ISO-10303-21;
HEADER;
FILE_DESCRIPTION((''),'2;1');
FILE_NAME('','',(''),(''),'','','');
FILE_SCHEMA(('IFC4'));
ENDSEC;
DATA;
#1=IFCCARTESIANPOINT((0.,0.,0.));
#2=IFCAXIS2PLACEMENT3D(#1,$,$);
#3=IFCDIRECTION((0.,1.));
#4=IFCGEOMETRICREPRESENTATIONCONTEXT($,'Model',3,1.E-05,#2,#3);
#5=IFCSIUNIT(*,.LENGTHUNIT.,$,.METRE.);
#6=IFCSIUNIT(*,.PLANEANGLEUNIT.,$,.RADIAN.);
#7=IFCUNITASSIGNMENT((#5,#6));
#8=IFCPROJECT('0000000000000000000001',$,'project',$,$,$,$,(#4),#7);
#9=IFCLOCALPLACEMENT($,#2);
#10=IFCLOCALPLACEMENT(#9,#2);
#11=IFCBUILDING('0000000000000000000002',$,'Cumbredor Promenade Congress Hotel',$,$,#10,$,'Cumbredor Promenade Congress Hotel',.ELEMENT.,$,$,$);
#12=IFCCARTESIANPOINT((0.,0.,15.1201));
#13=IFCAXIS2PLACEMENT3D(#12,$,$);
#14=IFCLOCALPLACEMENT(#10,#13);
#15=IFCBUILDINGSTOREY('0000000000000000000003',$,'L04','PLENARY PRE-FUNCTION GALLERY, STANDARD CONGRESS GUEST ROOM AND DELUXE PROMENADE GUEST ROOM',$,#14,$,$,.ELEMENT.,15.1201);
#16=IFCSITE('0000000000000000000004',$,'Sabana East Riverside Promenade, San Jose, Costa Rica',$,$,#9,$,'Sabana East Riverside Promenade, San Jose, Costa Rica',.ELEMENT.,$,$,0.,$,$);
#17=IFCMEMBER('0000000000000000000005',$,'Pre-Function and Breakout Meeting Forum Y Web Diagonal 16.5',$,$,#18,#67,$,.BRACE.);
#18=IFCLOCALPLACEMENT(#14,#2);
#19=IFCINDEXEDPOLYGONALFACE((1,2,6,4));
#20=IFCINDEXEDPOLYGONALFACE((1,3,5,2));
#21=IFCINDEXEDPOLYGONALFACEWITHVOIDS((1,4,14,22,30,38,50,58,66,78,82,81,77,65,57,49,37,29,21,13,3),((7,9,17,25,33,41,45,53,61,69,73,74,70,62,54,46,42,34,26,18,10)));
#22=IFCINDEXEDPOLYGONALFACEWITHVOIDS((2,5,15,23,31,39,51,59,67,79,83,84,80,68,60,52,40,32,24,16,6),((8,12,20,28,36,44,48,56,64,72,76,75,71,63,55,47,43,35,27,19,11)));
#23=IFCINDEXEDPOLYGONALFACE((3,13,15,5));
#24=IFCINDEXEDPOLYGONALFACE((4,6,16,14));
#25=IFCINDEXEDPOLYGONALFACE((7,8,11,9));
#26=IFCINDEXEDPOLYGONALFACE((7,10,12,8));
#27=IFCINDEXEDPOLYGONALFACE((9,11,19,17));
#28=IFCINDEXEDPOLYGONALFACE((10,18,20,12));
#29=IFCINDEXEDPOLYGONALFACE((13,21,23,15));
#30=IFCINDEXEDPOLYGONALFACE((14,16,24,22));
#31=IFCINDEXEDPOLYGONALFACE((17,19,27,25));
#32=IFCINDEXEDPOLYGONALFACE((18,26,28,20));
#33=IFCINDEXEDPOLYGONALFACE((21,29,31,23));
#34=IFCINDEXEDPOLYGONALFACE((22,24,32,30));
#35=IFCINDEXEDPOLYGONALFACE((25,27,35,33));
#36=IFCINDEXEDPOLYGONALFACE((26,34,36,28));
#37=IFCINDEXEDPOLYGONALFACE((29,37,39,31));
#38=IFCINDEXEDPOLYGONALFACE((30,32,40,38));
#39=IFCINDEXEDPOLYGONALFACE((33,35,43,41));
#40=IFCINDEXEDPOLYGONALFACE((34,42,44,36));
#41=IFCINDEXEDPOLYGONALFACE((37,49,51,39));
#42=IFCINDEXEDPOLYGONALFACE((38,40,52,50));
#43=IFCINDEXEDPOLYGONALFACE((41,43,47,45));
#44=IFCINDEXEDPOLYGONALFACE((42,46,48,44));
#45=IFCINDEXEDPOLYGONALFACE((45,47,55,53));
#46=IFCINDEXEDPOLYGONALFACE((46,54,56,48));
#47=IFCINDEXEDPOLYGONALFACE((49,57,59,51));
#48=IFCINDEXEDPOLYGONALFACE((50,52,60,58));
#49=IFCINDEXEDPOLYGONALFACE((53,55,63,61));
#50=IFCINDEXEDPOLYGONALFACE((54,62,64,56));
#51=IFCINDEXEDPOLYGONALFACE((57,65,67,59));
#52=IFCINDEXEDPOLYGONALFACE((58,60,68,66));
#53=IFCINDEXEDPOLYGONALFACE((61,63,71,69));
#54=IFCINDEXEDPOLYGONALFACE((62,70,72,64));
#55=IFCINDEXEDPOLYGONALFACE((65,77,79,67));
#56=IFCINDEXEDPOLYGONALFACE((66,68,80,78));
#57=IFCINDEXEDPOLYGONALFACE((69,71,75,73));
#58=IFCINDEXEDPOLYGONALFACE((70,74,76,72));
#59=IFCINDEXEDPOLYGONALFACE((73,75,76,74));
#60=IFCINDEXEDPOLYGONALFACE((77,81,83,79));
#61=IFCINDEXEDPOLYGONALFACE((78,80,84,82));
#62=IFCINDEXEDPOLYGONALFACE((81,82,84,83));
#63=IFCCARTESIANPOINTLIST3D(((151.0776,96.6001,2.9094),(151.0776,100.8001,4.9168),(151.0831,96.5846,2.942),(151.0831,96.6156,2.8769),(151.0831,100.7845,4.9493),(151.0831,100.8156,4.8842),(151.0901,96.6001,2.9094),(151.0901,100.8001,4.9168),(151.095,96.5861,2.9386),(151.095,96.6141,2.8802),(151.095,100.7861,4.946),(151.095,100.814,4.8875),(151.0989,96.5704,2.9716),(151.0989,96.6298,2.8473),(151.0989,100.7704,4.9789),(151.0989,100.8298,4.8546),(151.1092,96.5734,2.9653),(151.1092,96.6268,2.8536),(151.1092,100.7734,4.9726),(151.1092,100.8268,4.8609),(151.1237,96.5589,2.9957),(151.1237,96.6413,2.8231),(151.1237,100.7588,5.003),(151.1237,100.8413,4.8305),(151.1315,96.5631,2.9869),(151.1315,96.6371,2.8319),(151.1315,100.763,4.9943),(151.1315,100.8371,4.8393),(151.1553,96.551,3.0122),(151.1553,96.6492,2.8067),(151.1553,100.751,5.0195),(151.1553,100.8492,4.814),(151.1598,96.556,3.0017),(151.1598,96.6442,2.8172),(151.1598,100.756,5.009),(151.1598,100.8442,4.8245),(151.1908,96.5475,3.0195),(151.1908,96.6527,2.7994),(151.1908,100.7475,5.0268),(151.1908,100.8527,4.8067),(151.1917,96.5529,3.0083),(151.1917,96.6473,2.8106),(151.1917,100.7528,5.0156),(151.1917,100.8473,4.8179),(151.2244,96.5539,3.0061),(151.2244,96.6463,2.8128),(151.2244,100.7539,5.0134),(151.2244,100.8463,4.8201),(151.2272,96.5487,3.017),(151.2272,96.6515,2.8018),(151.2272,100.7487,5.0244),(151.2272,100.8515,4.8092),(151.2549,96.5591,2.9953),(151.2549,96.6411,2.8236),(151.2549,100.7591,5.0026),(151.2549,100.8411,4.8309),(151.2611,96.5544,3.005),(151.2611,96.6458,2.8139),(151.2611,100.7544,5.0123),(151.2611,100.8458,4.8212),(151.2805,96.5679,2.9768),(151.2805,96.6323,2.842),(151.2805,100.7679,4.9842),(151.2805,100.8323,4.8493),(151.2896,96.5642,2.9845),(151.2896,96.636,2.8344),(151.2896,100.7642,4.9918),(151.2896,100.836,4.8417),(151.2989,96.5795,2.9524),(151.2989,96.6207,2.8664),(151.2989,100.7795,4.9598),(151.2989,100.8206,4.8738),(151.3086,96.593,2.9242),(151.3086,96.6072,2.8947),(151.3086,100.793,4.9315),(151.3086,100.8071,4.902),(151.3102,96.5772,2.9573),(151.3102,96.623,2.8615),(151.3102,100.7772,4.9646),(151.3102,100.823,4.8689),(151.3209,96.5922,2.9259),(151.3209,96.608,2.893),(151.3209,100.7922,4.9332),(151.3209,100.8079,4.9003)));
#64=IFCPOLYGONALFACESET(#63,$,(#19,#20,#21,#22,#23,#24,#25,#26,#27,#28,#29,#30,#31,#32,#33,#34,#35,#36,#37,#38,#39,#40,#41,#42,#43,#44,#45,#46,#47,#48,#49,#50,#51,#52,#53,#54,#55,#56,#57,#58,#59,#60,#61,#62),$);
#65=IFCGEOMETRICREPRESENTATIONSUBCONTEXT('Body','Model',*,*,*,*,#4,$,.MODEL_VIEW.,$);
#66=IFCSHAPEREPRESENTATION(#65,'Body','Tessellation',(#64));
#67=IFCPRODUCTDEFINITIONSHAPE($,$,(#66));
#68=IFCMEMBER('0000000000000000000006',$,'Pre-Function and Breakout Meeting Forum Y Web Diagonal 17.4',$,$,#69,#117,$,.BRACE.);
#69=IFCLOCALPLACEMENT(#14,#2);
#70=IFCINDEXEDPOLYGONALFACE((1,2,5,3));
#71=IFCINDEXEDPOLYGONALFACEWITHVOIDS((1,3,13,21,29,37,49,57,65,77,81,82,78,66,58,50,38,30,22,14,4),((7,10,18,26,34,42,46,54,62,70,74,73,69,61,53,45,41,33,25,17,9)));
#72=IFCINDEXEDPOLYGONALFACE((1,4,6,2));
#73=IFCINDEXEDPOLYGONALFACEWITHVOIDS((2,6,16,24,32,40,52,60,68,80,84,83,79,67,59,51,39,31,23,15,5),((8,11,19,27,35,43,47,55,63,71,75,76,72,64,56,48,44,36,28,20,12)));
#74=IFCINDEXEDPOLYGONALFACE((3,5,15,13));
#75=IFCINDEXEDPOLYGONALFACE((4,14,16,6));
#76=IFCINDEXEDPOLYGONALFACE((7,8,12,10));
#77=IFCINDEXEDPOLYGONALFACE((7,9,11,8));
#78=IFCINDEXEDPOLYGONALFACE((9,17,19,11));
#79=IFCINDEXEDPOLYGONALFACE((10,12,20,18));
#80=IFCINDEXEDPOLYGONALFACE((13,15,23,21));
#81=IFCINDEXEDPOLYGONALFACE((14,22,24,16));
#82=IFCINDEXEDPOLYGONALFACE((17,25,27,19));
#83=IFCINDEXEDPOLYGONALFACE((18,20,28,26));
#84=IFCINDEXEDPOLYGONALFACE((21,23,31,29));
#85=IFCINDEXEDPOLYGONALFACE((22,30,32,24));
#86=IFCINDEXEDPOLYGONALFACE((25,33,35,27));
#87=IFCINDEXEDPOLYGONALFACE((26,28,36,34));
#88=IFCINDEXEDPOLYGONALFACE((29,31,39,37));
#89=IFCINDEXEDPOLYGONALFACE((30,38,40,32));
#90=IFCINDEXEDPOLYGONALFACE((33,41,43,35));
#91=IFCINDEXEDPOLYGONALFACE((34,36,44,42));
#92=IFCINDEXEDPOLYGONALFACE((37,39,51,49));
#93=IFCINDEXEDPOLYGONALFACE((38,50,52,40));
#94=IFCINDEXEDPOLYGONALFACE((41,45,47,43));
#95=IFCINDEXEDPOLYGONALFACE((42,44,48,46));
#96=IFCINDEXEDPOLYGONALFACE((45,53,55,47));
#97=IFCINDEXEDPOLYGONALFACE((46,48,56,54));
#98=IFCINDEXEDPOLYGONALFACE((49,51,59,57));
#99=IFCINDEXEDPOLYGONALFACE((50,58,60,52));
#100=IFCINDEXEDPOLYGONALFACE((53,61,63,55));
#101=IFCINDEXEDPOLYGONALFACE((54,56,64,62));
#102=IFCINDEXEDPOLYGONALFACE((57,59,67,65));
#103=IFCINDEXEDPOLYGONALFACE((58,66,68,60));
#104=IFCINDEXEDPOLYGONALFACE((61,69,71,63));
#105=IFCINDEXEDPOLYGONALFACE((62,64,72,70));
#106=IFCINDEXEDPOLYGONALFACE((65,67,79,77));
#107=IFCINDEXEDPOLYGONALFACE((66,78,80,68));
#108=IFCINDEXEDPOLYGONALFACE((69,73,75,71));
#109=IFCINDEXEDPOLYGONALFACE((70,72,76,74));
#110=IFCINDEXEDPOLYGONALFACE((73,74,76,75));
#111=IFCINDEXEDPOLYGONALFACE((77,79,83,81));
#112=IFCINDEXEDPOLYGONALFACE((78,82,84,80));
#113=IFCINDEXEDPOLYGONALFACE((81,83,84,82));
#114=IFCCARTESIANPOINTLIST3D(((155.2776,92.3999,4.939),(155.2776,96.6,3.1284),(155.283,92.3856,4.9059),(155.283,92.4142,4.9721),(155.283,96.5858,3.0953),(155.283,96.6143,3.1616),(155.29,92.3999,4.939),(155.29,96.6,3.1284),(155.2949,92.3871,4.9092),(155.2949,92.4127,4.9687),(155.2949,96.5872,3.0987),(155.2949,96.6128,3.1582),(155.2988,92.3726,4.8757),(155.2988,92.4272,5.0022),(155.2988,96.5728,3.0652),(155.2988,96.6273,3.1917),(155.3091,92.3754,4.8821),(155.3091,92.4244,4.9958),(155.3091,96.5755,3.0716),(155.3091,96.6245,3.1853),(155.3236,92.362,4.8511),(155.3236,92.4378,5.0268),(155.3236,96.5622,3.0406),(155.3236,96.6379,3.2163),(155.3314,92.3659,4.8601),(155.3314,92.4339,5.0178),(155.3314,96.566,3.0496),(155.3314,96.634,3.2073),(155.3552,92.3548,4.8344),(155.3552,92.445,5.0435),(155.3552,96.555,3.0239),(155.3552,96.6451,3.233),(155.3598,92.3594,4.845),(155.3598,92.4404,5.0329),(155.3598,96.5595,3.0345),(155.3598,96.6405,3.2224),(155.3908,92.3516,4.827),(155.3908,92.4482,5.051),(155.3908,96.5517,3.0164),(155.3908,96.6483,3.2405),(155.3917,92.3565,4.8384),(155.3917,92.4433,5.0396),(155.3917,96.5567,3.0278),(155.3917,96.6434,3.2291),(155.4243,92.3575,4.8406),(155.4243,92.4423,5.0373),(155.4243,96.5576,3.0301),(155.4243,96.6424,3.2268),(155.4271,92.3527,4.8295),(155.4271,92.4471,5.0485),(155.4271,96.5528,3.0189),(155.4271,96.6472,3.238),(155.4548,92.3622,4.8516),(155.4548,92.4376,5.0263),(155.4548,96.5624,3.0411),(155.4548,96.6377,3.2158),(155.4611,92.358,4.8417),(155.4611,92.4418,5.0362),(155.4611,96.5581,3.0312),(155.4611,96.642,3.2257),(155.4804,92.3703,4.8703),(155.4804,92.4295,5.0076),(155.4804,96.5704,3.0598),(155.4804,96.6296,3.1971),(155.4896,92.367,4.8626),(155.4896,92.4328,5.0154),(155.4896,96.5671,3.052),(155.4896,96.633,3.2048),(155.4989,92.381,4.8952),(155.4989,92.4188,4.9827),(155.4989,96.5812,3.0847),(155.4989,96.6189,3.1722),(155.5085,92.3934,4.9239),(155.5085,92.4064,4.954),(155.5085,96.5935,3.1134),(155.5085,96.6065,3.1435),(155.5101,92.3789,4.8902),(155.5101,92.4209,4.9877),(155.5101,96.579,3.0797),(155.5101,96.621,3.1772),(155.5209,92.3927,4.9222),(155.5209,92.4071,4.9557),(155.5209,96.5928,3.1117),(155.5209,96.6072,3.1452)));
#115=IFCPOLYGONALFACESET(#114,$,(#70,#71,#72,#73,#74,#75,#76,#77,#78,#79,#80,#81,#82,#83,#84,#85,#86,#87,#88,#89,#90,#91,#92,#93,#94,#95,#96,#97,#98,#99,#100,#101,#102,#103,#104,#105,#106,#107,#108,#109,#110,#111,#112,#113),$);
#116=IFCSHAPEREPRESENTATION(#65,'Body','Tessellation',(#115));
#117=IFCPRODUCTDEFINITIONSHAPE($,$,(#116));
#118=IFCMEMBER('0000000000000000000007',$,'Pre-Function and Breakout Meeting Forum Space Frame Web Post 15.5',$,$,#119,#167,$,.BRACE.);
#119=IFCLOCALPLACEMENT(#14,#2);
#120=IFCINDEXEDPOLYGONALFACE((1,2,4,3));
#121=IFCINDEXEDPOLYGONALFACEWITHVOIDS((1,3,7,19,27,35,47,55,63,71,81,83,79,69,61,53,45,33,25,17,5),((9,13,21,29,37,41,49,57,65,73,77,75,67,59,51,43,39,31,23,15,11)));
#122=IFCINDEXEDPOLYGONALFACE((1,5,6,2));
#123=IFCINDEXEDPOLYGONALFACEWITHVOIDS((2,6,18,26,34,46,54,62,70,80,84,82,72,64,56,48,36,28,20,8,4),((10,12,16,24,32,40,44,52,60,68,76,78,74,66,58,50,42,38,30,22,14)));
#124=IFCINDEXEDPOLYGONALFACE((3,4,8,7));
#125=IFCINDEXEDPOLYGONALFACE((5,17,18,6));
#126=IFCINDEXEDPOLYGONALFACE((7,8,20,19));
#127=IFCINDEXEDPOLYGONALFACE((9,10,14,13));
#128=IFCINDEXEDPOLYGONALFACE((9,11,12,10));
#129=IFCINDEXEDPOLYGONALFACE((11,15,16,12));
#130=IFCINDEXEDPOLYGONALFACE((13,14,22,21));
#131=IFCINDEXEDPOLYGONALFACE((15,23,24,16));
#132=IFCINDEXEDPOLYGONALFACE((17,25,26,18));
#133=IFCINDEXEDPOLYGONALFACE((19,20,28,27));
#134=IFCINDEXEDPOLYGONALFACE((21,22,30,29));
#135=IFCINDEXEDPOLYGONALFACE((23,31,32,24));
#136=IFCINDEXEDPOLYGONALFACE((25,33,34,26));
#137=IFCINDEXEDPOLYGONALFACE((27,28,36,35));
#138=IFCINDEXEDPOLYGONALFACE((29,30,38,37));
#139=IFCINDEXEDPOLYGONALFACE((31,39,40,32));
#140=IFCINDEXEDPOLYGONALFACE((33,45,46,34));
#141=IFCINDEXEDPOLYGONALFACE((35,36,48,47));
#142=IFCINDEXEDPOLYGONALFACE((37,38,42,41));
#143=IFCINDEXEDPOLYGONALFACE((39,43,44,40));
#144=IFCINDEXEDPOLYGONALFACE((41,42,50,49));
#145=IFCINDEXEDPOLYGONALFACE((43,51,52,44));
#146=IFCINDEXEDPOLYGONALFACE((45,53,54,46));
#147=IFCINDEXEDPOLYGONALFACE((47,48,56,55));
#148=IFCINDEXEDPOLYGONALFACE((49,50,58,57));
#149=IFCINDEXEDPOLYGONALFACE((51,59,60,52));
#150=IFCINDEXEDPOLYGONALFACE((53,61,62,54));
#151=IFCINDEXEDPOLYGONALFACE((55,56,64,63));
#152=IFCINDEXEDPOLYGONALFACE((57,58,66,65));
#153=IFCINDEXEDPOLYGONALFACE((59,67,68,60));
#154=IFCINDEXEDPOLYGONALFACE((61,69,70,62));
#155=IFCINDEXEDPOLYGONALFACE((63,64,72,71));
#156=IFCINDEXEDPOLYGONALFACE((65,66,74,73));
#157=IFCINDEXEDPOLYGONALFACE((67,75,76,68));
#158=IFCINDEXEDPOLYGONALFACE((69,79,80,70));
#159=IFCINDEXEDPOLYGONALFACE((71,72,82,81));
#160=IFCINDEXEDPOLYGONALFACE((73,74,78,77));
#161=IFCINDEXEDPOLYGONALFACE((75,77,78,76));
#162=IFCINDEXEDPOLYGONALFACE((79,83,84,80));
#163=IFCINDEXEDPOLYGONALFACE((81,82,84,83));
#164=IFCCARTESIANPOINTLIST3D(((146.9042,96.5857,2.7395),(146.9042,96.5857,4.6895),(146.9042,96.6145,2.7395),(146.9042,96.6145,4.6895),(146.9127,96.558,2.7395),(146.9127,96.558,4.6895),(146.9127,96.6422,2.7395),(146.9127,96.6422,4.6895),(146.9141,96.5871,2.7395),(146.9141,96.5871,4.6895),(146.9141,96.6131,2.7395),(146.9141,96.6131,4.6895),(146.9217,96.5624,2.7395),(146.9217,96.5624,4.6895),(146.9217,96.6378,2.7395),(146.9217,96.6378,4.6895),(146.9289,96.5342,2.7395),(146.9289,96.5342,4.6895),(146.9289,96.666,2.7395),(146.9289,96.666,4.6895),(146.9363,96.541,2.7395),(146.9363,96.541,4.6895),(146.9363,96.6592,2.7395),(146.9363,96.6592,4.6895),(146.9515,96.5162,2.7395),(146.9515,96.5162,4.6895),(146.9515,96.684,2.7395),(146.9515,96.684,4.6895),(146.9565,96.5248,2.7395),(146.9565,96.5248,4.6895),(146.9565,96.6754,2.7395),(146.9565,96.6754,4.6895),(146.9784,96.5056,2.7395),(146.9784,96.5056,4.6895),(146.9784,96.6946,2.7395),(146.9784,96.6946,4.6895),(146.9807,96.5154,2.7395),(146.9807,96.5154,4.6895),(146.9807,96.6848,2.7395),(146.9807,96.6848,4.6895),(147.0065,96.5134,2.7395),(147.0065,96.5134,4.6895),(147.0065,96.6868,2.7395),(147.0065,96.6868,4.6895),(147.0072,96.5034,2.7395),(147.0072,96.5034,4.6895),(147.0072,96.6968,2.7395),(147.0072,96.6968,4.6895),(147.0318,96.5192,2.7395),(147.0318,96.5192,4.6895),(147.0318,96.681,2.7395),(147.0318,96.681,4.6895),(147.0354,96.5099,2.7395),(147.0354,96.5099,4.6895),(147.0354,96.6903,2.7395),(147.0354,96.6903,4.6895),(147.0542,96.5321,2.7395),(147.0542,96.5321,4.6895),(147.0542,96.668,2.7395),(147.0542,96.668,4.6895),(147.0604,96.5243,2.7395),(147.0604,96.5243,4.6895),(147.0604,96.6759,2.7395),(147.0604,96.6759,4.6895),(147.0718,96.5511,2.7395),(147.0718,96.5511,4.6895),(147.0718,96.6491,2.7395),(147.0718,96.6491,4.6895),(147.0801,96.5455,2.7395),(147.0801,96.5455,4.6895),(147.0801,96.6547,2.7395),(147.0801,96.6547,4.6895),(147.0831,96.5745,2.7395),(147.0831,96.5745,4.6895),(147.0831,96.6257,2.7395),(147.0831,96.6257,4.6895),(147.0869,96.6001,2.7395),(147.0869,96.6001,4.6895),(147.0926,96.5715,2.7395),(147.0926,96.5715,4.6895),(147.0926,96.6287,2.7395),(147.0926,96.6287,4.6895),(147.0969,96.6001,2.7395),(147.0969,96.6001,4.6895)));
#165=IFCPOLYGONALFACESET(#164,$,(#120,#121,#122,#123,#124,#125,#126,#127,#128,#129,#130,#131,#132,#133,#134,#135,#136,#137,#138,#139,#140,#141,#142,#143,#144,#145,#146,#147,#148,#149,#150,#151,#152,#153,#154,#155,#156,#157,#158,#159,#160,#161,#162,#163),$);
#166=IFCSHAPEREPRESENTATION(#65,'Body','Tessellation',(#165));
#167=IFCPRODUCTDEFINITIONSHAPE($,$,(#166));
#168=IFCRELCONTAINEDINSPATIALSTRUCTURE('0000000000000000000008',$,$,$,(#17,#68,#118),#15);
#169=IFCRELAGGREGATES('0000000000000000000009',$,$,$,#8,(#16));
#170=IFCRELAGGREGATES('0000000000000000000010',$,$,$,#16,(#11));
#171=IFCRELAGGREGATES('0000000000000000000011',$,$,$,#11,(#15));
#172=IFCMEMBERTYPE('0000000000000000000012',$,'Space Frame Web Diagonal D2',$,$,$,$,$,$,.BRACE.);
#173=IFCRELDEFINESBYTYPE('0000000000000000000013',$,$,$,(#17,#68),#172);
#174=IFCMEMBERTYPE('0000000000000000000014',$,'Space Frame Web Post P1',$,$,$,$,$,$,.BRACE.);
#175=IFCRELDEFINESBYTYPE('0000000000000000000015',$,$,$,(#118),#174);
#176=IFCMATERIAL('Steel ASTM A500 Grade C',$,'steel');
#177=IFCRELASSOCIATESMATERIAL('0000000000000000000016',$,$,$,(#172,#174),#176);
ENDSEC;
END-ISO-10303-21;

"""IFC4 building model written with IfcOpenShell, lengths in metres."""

from ifc_helpers import new_model, si_unit, direction, frame, origin, origin_2d, place, context, subcontext, project, spatial, hollow_circle, extrude, material, material_profile, profile_set, type_object, element, save


model = new_model("IFC4")

# Units and contexts
model_context = context("Model", 3, precision=1e-05, world=origin(), true_north=direction((0.0, 1.0)))
body_context = subcontext(model_context, "Body", "Model", "MODEL_VIEW")
ifc_project = project(units=[si_unit("LENGTHUNIT", "METRE"), si_unit("PLANEANGLEUNIT", "RADIAN")], contexts=[model_context])

# Site, building, storey
site_placement = place(None, origin())
site = spatial("IfcSite", under=ifc_project, at=site_placement, Name="Sabana East Riverside Promenade, San Jose, Costa Rica", LongName="Sabana East Riverside Promenade, San Jose, Costa Rica", CompositionType="ELEMENT", RefElevation=0.0)
building_placement = place(site_placement, origin())
building = spatial("IfcBuilding", under=site, at=building_placement, Name="Cumbredor Promenade Congress Hotel", LongName="Cumbredor Promenade Congress Hotel", CompositionType="ELEMENT")
storey_placement = place(building_placement, frame((0.0, 0.0, 15.1201)))
storey = spatial("IfcBuildingStorey", under=building, at=storey_placement, Name="L04", Description="PLENARY PRE-FUNCTION GALLERY, STANDARD CONGRESS GUEST ROOM AND DELUXE PROMENADE GUEST ROOM", CompositionType="ELEMENT", Elevation=15.1201)

# Members
ifc_material_1 = material(Name="Steel ASTM A500 Grade C", Category="steel")
ifc_material_profile_1 = material_profile(ifc_material_1, hollow_circle(Radius=0.1223, WallThickness=0.0125, at=origin_2d()), Name="CHS 244.5x12.5")
ifc_profile_set_1 = profile_set([ifc_material_profile_1], Name="Steel ASTM A500 Grade C")
member_type_1 = type_object("IfcMemberType", Name="Space Frame Web Diagonal D2", PredefinedType="BRACE", material=ifc_profile_set_1)
member_1_placement = place(storey_placement, frame((151.2, 96.6001, 2.9094), z_axis=(0.0, 0.902247, 0.43122), x_axis=(-1.0, 0.0, 0.0)))
element("IfcMember", 1, at=member_1_placement, inside=storey, type_object=member_type_1, Name="Pre-Function and Breakout Meeting Forum Y Web Diagonal 16.5", PredefinedType="BRACE", context=body_context, shape_type="SweptSolid", body=[
    extrude(hollow_circle(Radius=0.1223, WallThickness=0.0125, at=origin_2d()), origin(), (0.0, 0.0, 1.0), 4.655),
])
member_2_placement = place(storey_placement, frame((155.3999, 92.3999, 4.939), z_axis=(0.0, 0.918315, -0.395851), x_axis=(-1.0, 0.0, 0.0)))
element("IfcMember", 2, at=member_2_placement, inside=storey, type_object=member_type_1, Name="Pre-Function and Breakout Meeting Forum Y Web Diagonal 17.4", PredefinedType="BRACE", context=body_context, shape_type="SweptSolid", body=[
    extrude(hollow_circle(Radius=0.1223, WallThickness=0.0125, at=origin_2d()), origin(), (0.0, 0.0, 1.0), 4.5737),
])
ifc_material_profile_2 = material_profile(ifc_material_1, hollow_circle(Radius=0.0969, WallThickness=0.01, at=origin_2d()), Name="CHS 193.7x10")
ifc_profile_set_2 = profile_set([ifc_material_profile_2], Name="Steel ASTM A500 Grade C")
member_type_2 = type_object("IfcMemberType", Name="Space Frame Web Post P1", PredefinedType="BRACE", material=ifc_profile_set_2)
for number, where, z_axis, x_axis, name in (
    (3, (147.0, 96.6001, 2.7395), (0.0, 0.0, 1.0), (1.0, 0.0, 0.0), "Pre-Function and Breakout Meeting Forum Space Frame Web Post 15.5"),
):
    element("IfcMember", number, at=place(storey_placement, frame(where, z_axis=z_axis, x_axis=x_axis)), inside=storey, type_object=member_type_2, Name=name, PredefinedType="BRACE", context=body_context, shape_type="SweptSolid", body=[
        extrude(hollow_circle(Radius=0.0969, WallThickness=0.01, at=origin_2d()), origin(), (0.0, 0.0, 1.0), 1.95),
    ])

save(model, "model.ifc")
